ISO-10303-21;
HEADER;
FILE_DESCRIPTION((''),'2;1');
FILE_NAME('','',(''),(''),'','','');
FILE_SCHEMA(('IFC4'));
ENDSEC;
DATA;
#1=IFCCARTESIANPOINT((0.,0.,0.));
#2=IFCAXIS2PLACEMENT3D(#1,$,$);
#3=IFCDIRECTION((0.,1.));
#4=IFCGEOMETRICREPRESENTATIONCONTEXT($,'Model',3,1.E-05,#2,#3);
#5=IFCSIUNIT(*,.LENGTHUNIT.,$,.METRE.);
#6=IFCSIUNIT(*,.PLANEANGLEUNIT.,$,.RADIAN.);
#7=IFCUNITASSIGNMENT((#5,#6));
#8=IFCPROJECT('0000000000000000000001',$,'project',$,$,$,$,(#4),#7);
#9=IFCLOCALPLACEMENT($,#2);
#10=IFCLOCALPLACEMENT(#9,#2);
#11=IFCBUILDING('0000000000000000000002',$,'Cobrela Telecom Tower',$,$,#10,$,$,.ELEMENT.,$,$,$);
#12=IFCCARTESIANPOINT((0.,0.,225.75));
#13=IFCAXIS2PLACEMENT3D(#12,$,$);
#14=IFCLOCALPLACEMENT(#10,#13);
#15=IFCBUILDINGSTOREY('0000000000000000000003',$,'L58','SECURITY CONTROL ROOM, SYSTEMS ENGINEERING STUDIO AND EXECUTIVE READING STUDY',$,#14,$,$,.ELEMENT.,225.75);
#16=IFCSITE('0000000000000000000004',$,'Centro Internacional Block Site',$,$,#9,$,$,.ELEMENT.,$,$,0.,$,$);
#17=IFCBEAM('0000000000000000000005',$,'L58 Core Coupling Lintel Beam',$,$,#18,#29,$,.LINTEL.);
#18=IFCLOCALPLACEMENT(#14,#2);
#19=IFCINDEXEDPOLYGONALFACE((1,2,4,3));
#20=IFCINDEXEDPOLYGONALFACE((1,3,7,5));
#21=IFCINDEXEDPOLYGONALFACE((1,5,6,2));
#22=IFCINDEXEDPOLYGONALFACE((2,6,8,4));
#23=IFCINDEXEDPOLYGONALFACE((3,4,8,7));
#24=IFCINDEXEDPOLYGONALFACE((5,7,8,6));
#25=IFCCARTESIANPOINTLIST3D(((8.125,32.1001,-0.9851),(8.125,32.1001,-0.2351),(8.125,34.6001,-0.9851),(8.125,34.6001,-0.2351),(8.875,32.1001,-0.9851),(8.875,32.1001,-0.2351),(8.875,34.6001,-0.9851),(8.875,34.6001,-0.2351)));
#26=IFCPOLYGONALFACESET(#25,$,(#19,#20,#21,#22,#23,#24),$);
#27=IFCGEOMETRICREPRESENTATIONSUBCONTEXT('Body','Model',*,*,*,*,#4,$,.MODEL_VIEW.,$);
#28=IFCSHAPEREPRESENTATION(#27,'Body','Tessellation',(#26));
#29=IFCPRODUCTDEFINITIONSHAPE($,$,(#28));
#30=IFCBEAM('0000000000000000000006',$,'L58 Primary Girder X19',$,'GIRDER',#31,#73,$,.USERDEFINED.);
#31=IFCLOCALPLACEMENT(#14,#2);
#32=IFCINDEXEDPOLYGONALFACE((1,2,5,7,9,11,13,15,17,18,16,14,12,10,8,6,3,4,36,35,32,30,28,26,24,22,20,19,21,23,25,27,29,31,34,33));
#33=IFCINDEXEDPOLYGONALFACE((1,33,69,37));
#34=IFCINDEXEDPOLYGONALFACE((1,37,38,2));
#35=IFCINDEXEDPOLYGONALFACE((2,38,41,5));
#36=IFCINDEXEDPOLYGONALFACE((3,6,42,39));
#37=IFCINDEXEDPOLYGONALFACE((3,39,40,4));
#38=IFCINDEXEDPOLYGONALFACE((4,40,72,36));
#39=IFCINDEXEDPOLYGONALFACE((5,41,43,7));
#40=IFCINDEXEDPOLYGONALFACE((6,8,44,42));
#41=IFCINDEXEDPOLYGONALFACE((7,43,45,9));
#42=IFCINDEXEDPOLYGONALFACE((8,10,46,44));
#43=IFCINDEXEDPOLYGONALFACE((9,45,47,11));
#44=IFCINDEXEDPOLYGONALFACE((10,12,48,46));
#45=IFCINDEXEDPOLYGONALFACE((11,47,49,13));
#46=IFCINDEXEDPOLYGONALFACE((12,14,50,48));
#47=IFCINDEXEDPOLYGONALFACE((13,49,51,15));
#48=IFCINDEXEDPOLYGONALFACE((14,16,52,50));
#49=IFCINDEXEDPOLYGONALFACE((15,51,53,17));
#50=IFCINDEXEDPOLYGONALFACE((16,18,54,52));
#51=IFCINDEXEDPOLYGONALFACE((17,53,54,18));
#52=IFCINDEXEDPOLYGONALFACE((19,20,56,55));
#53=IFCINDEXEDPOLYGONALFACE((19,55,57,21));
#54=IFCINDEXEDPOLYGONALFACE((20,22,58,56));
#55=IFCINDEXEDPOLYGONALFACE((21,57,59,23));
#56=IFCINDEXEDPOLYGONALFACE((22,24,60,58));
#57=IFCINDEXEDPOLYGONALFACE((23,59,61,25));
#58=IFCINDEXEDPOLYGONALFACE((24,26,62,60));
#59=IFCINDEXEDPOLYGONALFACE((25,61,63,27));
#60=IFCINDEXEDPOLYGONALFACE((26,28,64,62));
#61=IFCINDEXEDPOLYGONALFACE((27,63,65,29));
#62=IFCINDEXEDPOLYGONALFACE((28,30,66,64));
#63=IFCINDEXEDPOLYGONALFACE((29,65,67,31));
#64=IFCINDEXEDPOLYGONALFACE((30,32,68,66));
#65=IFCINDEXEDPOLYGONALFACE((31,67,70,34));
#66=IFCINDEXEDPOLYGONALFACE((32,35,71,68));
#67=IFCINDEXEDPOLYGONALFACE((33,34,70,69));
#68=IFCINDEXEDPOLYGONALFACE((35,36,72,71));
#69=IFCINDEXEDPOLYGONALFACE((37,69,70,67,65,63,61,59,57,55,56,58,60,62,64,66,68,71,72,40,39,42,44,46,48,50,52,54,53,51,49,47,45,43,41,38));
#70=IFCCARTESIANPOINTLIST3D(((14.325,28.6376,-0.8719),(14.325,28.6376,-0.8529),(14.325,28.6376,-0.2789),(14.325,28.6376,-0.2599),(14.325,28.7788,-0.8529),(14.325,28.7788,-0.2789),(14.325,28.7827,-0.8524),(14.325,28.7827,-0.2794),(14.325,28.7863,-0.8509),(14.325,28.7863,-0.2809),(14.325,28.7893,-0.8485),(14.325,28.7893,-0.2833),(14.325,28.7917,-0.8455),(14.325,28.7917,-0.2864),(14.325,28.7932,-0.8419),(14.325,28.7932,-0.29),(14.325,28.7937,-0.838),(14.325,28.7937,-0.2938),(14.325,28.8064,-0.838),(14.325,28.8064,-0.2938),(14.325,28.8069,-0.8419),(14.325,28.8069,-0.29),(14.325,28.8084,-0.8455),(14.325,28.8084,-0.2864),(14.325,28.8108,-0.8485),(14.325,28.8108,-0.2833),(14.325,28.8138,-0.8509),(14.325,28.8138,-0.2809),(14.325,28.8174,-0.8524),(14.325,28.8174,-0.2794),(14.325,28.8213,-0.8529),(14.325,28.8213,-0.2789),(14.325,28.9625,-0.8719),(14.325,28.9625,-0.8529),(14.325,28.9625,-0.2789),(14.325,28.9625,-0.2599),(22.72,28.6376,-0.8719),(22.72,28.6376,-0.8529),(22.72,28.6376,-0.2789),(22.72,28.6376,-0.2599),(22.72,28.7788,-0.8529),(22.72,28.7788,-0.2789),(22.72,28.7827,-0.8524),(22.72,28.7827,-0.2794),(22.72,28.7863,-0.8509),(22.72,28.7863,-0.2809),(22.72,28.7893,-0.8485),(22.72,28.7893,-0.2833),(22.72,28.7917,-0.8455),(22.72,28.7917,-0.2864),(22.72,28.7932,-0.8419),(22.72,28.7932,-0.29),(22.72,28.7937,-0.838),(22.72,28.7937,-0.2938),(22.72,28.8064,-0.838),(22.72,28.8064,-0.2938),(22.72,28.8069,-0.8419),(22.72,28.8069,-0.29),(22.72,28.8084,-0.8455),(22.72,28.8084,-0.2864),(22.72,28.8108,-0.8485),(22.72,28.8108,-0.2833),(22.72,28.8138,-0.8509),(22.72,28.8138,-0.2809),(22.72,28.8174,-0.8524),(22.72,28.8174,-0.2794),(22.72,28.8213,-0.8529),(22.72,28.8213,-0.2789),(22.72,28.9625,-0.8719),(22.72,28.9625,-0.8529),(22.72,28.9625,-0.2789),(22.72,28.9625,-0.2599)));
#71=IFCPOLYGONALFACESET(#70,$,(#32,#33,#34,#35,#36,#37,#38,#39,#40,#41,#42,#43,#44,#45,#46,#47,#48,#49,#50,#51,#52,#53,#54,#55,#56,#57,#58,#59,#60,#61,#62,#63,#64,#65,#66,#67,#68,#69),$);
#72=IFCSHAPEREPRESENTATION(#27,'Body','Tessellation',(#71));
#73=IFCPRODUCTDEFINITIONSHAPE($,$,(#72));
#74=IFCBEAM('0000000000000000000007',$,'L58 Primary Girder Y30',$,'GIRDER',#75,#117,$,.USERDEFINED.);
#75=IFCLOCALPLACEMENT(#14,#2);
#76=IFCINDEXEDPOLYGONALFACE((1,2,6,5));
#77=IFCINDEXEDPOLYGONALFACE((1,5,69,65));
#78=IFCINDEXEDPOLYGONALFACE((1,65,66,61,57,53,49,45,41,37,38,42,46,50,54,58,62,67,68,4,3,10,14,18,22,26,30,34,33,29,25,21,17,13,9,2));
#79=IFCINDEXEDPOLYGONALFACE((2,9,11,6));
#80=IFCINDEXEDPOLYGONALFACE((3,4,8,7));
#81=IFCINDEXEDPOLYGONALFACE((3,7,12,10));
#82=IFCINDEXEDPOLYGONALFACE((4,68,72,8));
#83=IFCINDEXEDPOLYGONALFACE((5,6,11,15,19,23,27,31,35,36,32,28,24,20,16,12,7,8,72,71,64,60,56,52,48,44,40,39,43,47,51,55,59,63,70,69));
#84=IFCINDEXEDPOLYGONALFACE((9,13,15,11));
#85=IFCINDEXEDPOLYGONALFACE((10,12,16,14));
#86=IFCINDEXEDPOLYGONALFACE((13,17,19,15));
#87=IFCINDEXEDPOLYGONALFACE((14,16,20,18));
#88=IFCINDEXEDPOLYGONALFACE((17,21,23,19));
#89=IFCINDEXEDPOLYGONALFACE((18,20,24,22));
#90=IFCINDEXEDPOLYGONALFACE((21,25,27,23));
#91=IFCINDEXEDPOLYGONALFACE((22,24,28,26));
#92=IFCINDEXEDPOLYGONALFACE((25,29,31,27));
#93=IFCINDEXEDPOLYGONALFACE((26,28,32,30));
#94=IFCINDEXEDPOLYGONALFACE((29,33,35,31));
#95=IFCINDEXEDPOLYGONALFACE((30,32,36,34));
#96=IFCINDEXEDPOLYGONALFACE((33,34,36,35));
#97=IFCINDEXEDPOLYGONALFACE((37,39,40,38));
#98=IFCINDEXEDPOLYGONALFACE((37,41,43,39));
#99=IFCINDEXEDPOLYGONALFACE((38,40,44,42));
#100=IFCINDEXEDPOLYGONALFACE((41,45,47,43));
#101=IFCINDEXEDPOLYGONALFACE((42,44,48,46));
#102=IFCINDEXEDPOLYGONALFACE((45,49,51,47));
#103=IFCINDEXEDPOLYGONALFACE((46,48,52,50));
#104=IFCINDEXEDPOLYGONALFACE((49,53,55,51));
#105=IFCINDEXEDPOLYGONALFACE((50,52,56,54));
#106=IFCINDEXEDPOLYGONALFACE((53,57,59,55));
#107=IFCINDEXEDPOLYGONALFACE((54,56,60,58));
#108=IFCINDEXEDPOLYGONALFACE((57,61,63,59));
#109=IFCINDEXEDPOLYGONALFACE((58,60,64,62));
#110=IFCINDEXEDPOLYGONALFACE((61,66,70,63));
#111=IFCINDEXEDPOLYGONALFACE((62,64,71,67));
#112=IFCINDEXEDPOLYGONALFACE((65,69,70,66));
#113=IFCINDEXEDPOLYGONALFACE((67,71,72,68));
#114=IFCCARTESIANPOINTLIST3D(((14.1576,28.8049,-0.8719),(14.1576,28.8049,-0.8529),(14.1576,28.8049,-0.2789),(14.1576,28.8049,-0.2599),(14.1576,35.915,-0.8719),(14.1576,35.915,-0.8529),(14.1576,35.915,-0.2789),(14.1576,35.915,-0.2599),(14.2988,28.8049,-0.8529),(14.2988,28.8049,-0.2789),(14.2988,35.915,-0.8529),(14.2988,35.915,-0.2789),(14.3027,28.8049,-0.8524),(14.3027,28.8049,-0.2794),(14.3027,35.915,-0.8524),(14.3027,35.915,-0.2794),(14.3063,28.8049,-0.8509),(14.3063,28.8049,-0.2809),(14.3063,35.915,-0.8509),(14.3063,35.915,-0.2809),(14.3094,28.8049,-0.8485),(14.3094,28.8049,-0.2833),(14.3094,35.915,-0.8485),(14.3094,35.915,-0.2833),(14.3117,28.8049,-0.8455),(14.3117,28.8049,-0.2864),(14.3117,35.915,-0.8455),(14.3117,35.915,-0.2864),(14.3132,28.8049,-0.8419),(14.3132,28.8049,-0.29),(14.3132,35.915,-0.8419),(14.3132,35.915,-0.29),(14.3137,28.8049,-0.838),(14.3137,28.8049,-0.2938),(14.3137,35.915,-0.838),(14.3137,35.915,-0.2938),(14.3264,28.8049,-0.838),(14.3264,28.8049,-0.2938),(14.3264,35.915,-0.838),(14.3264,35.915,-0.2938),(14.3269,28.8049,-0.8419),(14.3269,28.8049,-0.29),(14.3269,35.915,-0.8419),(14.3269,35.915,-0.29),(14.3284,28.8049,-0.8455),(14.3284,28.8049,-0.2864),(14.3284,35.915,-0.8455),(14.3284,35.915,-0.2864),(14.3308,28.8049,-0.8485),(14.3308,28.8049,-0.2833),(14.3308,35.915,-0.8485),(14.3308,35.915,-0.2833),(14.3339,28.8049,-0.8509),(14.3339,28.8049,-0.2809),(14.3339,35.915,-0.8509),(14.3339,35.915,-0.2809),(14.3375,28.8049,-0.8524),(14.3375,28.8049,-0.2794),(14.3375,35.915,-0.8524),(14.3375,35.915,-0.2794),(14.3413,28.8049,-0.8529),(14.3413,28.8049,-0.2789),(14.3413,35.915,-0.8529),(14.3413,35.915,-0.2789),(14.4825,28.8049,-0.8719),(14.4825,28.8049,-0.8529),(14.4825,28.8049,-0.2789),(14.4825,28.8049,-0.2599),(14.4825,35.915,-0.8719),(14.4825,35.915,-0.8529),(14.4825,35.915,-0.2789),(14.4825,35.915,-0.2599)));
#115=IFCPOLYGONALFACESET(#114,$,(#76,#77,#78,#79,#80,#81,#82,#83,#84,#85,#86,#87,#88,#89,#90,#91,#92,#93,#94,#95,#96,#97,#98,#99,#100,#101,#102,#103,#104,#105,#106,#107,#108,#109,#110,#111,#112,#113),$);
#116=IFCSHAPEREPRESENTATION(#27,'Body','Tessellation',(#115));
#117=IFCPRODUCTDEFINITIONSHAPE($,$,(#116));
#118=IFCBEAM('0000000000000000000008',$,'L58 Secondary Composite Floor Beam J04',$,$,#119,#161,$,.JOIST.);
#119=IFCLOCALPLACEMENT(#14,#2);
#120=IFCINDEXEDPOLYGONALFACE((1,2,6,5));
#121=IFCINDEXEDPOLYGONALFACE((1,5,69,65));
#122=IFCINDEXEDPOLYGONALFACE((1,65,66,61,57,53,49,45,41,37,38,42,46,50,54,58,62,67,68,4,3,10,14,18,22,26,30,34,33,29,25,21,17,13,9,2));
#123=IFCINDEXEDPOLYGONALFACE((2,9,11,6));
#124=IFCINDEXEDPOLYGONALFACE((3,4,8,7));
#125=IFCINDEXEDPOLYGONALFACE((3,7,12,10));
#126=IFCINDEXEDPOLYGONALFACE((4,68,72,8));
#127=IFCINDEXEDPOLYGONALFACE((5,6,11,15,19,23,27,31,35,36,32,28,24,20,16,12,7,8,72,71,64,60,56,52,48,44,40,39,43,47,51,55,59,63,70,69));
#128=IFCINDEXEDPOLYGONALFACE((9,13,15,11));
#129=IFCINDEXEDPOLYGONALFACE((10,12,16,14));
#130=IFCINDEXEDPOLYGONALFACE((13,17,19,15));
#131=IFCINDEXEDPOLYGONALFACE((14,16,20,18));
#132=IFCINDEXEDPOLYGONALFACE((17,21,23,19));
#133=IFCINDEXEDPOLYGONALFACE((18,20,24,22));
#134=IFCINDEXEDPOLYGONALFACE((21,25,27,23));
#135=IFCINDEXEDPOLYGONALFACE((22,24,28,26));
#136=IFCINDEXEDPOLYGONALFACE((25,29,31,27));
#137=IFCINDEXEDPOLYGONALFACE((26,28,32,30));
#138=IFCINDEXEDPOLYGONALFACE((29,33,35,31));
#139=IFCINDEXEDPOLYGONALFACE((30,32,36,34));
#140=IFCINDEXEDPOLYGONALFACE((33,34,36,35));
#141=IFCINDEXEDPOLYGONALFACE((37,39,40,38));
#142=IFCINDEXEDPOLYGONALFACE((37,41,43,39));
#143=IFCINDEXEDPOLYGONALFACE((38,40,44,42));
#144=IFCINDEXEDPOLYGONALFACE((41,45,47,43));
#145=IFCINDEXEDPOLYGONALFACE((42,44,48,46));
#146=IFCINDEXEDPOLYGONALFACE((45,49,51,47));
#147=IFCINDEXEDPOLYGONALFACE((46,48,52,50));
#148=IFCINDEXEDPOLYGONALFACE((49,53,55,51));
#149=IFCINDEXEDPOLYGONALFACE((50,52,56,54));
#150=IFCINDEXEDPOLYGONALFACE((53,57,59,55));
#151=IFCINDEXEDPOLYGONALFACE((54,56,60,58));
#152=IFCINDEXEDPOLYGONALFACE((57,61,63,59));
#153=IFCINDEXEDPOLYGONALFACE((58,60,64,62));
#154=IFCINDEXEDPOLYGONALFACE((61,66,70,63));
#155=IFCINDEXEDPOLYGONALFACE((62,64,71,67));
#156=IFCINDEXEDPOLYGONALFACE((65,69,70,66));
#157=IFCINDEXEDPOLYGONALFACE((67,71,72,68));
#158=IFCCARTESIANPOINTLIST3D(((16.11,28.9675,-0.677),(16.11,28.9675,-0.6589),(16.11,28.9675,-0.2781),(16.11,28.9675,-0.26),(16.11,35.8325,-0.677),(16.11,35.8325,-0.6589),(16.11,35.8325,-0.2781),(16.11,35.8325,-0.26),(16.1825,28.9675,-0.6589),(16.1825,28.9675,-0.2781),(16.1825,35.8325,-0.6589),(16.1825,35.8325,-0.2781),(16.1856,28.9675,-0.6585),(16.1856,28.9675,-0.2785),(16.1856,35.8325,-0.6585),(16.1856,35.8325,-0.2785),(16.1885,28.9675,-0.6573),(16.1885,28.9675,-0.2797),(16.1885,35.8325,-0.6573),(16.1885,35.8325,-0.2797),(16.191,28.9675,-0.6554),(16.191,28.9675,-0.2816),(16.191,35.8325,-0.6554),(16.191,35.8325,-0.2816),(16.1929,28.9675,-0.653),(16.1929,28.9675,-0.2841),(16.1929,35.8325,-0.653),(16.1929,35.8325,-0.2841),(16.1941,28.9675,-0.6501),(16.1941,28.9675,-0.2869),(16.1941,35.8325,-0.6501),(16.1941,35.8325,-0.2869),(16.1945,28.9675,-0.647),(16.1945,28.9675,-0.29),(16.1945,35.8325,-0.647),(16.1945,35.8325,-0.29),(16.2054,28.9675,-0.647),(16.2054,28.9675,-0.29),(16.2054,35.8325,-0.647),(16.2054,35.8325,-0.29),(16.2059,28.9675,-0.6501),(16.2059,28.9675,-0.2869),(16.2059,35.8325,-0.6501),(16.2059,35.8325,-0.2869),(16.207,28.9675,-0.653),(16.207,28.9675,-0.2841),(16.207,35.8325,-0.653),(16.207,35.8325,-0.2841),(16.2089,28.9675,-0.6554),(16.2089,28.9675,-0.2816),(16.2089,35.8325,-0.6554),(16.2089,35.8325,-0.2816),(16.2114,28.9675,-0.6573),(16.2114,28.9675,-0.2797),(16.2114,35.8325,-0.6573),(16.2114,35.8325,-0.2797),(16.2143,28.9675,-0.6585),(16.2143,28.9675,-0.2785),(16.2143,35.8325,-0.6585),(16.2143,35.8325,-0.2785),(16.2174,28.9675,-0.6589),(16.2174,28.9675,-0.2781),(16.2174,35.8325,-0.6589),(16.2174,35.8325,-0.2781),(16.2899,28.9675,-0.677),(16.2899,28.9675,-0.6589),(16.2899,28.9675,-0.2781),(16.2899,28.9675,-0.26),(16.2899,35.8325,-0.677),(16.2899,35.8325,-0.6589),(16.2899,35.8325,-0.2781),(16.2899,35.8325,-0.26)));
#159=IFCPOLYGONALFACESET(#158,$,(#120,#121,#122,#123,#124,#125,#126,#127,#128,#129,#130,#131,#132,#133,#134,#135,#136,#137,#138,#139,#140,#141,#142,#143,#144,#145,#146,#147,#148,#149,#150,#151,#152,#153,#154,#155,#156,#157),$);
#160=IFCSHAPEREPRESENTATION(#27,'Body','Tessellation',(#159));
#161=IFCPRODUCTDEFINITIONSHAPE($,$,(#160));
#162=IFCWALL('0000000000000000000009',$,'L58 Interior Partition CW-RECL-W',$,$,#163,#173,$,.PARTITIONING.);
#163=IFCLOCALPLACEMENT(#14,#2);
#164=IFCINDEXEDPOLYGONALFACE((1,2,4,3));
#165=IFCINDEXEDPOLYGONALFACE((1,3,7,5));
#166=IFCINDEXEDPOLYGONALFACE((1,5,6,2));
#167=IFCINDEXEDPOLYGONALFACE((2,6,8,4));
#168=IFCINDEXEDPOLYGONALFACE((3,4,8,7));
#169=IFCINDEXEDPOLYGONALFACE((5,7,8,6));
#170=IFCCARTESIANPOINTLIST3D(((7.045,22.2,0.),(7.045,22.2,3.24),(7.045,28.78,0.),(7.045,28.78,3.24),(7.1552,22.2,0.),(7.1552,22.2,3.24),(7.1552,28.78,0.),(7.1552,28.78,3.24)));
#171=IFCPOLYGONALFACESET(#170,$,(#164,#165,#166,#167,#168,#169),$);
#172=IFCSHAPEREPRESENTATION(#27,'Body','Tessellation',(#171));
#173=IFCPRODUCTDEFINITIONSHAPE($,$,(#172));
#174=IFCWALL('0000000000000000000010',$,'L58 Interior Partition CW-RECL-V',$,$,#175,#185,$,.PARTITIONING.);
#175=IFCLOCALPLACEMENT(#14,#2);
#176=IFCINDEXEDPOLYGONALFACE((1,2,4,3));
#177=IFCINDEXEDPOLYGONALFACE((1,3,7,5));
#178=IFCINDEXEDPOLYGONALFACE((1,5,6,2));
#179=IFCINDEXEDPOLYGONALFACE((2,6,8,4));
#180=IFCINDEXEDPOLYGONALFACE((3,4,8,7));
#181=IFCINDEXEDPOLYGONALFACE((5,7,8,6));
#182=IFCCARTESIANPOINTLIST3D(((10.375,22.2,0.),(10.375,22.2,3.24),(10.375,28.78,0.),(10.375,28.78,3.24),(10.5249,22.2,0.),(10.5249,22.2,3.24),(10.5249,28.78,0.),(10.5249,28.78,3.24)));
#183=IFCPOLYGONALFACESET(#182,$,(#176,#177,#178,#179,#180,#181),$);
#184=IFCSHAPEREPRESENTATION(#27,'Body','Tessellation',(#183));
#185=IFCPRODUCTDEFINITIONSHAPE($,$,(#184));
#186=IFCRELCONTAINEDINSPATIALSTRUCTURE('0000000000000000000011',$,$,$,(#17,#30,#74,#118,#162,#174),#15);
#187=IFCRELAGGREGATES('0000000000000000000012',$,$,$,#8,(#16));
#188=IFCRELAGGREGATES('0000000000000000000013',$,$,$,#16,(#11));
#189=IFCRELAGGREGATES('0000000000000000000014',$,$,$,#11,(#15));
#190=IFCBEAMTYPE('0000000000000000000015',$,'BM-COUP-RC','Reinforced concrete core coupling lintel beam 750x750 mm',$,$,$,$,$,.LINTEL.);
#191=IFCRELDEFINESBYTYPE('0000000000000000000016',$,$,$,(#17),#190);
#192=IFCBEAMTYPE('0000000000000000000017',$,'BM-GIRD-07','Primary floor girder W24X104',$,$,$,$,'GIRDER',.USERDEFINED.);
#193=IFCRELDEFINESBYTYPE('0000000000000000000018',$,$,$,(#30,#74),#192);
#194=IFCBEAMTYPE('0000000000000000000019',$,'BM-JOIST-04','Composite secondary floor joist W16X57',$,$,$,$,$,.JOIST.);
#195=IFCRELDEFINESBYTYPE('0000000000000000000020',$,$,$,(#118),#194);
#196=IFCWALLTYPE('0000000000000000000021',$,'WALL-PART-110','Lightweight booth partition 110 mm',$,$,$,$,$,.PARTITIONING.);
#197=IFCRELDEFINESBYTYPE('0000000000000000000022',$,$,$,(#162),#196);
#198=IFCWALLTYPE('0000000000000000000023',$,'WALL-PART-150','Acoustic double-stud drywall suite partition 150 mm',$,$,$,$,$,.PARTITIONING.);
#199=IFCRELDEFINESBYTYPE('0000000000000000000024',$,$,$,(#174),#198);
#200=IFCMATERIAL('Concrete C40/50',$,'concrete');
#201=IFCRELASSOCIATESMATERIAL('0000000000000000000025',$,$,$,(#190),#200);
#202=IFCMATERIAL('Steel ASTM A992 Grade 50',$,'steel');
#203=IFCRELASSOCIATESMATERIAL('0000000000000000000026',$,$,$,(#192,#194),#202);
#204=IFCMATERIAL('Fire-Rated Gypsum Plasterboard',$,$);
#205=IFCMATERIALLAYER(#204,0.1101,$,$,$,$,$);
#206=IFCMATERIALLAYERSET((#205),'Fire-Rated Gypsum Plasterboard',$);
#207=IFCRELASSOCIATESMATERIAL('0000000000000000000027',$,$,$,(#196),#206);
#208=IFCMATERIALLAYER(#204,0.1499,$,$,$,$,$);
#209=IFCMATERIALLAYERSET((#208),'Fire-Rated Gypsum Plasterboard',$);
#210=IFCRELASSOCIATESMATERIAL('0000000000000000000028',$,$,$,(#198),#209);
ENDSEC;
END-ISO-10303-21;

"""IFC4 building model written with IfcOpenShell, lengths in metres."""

from ifc_helpers import new_model, si_unit, direction, frame, frame_2d, origin, origin_2d, place, context, subcontext, project, spatial, rectangle, i_section, extrude, material, layer, layer_set, material_profile, profile_set, type_object, element, save


model = new_model("IFC4")

# Units and contexts
model_context = context("Model", 3, precision=1e-05, world=origin(), true_north=direction((0.0, 1.0)))
body_context = subcontext(model_context, "Body", "Model", "MODEL_VIEW")
ifc_project = project(units=[si_unit("LENGTHUNIT", "METRE"), si_unit("PLANEANGLEUNIT", "RADIAN")], contexts=[model_context])

# Site, building, storey
site_placement = place(None, origin())
site = spatial("IfcSite", under=ifc_project, at=site_placement, Name="Centro Internacional Block Site", CompositionType="ELEMENT", RefElevation=0.0)
building_placement = place(site_placement, origin())
building = spatial("IfcBuilding", under=site, at=building_placement, Name="Cobrela Telecom Tower", CompositionType="ELEMENT")
storey_placement = place(building_placement, frame((0.0, 0.0, 225.75)))
storey = spatial("IfcBuildingStorey", under=building, at=storey_placement, Name="L58", Description="SECURITY CONTROL ROOM, SYSTEMS ENGINEERING STUDIO AND EXECUTIVE READING STUDY", CompositionType="ELEMENT", Elevation=225.75)

# Beams
ifc_material_1 = material(Name="Concrete C40/50", Category="concrete")
ifc_material_profile_1 = material_profile(ifc_material_1, rectangle(XDim=0.75, YDim=0.75, at=origin_2d()), Name="RC 750x750")
ifc_profile_set_1 = profile_set([ifc_material_profile_1], Name="Concrete C40/50")
beam_type_1 = type_object("IfcBeamType", Name="BM-COUP-RC", Description="Reinforced concrete core coupling lintel beam 750x750 mm", PredefinedType="LINTEL", material=ifc_profile_set_1)
beam_1_placement = place(storey_placement, frame((8.5, 32.1001, -0.6101), z_axis=(0.0, 1.0, 0.0), x_axis=(-1.0, 0.0, 0.0)))
element("IfcBeam", 1, at=beam_1_placement, inside=storey, type_object=beam_type_1, Name="L58 Core Coupling Lintel Beam", PredefinedType="LINTEL", context=body_context, shape_type="SweptSolid", body=[
    extrude(rectangle(XDim=0.75, YDim=0.75, at=origin_2d()), origin(), (0.0, 0.0, 1.0), 2.5),
])
ifc_material_2 = material(Name="Steel ASTM A992 Grade 50", Category="steel")
ifc_material_profile_2 = material_profile(ifc_material_2, i_section(OverallWidth=0.325, OverallDepth=0.6121, WebThickness=0.0127, FlangeThickness=0.019, FilletRadius=0.0149, at=origin_2d()), Name="W24X104")
ifc_profile_set_2 = profile_set([ifc_material_profile_2], Name="Steel ASTM A992 Grade 50")
beam_type_2 = type_object("IfcBeamType", Name="BM-GIRD-07", Description="Primary floor girder W24X104", ElementType="GIRDER", PredefinedType="USERDEFINED", material=ifc_profile_set_2)
beam_2_placement = place(storey_placement, frame((14.325, 28.8, -0.5659), z_axis=(1.0, 0.0, 0.0), x_axis=(0.0, 1.0, 0.0)))
element("IfcBeam", 2, at=beam_2_placement, inside=storey, type_object=beam_type_2, Name="L58 Primary Girder X19", ObjectType="GIRDER", PredefinedType="USERDEFINED", context=body_context, shape_type="SweptSolid", body=[
    extrude(i_section(OverallWidth=0.325, OverallDepth=0.6121, WebThickness=0.0127, FlangeThickness=0.019, FilletRadius=0.0149, at=origin_2d()), origin(), (0.0, 0.0, 1.0), 8.395),
])
beam_3_placement = place(storey_placement, frame((14.3201, 28.8049, -0.5659), z_axis=(0.0, 1.0, 0.0), x_axis=(-1.0, 0.0, 0.0)))
element("IfcBeam", 3, at=beam_3_placement, inside=storey, type_object=beam_type_2, Name="L58 Primary Girder Y30", ObjectType="GIRDER", PredefinedType="USERDEFINED", context=body_context, shape_type="SweptSolid", body=[
    extrude(i_section(OverallWidth=0.325, OverallDepth=0.6121, WebThickness=0.0127, FlangeThickness=0.019, FilletRadius=0.0149, at=origin_2d()), origin(), (0.0, 0.0, 1.0), 7.1101),
])
ifc_material_profile_3 = material_profile(ifc_material_2, i_section(OverallWidth=0.1799, OverallDepth=0.417, WebThickness=0.011, FlangeThickness=0.0181, FilletRadius=0.012, at=origin_2d()), Name="W16X57")
ifc_profile_set_3 = profile_set([ifc_material_profile_3], Name="Steel ASTM A992 Grade 50")
beam_type_3 = type_object("IfcBeamType", Name="BM-JOIST-04", Description="Composite secondary floor joist W16X57", PredefinedType="JOIST", material=ifc_profile_set_3)
beam_4_placement = place(storey_placement, frame((16.2, 28.9675, -0.4685), z_axis=(0.0, 1.0, 0.0), x_axis=(-1.0, 0.0, 0.0)))
element("IfcBeam", 4, at=beam_4_placement, inside=storey, type_object=beam_type_3, Name="L58 Secondary Composite Floor Beam J04", PredefinedType="JOIST", context=body_context, shape_type="SweptSolid", body=[
    extrude(i_section(OverallWidth=0.1799, OverallDepth=0.417, WebThickness=0.011, FlangeThickness=0.0181, FilletRadius=0.012, at=origin_2d()), origin(), (0.0, 0.0, 1.0), 6.865),
])

# Wall
ifc_material_3 = material(Name="Fire-Rated Gypsum Plasterboard")
ifc_layer_1 = layer(ifc_material_3, 0.1101)
ifc_layer_set_1 = layer_set([ifc_layer_1], Name="Fire-Rated Gypsum Plasterboard")
wall_type_1 = type_object("IfcWallType", Name="WALL-PART-110", Description="Lightweight booth partition 110 mm", PredefinedType="PARTITIONING", material=ifc_layer_set_1)
wall_1_placement = place(storey_placement, frame((7.1001, 22.2, 0.0), z_axis=(0.0, 0.0, 1.0), x_axis=(0.0, 1.0, 0.0)))
element("IfcWall", 5, at=wall_1_placement, inside=storey, type_object=wall_type_1, Name="L58 Interior Partition CW-RECL-W", PredefinedType="PARTITIONING", context=body_context, shape_type="SweptSolid", body=[
    extrude(rectangle(XDim=6.5801, YDim=0.1101, at=frame_2d((3.29, 0.0))), origin(), (0.0, 0.0, 1.0), 3.24),
])

# Wall
ifc_layer_2 = layer(ifc_material_3, 0.1499)
ifc_layer_set_2 = layer_set([ifc_layer_2], Name="Fire-Rated Gypsum Plasterboard")
wall_type_2 = type_object("IfcWallType", Name="WALL-PART-150", Description="Acoustic double-stud drywall suite partition 150 mm", PredefinedType="PARTITIONING", material=ifc_layer_set_2)
wall_2_placement = place(storey_placement, frame((10.45, 22.2, 0.0), z_axis=(0.0, 0.0, 1.0), x_axis=(0.0, 1.0, 0.0)))
element("IfcWall", 6, at=wall_2_placement, inside=storey, type_object=wall_type_2, Name="L58 Interior Partition CW-RECL-V", PredefinedType="PARTITIONING", context=body_context, shape_type="SweptSolid", body=[
    extrude(rectangle(XDim=6.5801, YDim=0.1499, at=frame_2d((3.29, 0.0))), origin(), (0.0, 0.0, 1.0), 3.24),
])

save(model, "model.ifc")
